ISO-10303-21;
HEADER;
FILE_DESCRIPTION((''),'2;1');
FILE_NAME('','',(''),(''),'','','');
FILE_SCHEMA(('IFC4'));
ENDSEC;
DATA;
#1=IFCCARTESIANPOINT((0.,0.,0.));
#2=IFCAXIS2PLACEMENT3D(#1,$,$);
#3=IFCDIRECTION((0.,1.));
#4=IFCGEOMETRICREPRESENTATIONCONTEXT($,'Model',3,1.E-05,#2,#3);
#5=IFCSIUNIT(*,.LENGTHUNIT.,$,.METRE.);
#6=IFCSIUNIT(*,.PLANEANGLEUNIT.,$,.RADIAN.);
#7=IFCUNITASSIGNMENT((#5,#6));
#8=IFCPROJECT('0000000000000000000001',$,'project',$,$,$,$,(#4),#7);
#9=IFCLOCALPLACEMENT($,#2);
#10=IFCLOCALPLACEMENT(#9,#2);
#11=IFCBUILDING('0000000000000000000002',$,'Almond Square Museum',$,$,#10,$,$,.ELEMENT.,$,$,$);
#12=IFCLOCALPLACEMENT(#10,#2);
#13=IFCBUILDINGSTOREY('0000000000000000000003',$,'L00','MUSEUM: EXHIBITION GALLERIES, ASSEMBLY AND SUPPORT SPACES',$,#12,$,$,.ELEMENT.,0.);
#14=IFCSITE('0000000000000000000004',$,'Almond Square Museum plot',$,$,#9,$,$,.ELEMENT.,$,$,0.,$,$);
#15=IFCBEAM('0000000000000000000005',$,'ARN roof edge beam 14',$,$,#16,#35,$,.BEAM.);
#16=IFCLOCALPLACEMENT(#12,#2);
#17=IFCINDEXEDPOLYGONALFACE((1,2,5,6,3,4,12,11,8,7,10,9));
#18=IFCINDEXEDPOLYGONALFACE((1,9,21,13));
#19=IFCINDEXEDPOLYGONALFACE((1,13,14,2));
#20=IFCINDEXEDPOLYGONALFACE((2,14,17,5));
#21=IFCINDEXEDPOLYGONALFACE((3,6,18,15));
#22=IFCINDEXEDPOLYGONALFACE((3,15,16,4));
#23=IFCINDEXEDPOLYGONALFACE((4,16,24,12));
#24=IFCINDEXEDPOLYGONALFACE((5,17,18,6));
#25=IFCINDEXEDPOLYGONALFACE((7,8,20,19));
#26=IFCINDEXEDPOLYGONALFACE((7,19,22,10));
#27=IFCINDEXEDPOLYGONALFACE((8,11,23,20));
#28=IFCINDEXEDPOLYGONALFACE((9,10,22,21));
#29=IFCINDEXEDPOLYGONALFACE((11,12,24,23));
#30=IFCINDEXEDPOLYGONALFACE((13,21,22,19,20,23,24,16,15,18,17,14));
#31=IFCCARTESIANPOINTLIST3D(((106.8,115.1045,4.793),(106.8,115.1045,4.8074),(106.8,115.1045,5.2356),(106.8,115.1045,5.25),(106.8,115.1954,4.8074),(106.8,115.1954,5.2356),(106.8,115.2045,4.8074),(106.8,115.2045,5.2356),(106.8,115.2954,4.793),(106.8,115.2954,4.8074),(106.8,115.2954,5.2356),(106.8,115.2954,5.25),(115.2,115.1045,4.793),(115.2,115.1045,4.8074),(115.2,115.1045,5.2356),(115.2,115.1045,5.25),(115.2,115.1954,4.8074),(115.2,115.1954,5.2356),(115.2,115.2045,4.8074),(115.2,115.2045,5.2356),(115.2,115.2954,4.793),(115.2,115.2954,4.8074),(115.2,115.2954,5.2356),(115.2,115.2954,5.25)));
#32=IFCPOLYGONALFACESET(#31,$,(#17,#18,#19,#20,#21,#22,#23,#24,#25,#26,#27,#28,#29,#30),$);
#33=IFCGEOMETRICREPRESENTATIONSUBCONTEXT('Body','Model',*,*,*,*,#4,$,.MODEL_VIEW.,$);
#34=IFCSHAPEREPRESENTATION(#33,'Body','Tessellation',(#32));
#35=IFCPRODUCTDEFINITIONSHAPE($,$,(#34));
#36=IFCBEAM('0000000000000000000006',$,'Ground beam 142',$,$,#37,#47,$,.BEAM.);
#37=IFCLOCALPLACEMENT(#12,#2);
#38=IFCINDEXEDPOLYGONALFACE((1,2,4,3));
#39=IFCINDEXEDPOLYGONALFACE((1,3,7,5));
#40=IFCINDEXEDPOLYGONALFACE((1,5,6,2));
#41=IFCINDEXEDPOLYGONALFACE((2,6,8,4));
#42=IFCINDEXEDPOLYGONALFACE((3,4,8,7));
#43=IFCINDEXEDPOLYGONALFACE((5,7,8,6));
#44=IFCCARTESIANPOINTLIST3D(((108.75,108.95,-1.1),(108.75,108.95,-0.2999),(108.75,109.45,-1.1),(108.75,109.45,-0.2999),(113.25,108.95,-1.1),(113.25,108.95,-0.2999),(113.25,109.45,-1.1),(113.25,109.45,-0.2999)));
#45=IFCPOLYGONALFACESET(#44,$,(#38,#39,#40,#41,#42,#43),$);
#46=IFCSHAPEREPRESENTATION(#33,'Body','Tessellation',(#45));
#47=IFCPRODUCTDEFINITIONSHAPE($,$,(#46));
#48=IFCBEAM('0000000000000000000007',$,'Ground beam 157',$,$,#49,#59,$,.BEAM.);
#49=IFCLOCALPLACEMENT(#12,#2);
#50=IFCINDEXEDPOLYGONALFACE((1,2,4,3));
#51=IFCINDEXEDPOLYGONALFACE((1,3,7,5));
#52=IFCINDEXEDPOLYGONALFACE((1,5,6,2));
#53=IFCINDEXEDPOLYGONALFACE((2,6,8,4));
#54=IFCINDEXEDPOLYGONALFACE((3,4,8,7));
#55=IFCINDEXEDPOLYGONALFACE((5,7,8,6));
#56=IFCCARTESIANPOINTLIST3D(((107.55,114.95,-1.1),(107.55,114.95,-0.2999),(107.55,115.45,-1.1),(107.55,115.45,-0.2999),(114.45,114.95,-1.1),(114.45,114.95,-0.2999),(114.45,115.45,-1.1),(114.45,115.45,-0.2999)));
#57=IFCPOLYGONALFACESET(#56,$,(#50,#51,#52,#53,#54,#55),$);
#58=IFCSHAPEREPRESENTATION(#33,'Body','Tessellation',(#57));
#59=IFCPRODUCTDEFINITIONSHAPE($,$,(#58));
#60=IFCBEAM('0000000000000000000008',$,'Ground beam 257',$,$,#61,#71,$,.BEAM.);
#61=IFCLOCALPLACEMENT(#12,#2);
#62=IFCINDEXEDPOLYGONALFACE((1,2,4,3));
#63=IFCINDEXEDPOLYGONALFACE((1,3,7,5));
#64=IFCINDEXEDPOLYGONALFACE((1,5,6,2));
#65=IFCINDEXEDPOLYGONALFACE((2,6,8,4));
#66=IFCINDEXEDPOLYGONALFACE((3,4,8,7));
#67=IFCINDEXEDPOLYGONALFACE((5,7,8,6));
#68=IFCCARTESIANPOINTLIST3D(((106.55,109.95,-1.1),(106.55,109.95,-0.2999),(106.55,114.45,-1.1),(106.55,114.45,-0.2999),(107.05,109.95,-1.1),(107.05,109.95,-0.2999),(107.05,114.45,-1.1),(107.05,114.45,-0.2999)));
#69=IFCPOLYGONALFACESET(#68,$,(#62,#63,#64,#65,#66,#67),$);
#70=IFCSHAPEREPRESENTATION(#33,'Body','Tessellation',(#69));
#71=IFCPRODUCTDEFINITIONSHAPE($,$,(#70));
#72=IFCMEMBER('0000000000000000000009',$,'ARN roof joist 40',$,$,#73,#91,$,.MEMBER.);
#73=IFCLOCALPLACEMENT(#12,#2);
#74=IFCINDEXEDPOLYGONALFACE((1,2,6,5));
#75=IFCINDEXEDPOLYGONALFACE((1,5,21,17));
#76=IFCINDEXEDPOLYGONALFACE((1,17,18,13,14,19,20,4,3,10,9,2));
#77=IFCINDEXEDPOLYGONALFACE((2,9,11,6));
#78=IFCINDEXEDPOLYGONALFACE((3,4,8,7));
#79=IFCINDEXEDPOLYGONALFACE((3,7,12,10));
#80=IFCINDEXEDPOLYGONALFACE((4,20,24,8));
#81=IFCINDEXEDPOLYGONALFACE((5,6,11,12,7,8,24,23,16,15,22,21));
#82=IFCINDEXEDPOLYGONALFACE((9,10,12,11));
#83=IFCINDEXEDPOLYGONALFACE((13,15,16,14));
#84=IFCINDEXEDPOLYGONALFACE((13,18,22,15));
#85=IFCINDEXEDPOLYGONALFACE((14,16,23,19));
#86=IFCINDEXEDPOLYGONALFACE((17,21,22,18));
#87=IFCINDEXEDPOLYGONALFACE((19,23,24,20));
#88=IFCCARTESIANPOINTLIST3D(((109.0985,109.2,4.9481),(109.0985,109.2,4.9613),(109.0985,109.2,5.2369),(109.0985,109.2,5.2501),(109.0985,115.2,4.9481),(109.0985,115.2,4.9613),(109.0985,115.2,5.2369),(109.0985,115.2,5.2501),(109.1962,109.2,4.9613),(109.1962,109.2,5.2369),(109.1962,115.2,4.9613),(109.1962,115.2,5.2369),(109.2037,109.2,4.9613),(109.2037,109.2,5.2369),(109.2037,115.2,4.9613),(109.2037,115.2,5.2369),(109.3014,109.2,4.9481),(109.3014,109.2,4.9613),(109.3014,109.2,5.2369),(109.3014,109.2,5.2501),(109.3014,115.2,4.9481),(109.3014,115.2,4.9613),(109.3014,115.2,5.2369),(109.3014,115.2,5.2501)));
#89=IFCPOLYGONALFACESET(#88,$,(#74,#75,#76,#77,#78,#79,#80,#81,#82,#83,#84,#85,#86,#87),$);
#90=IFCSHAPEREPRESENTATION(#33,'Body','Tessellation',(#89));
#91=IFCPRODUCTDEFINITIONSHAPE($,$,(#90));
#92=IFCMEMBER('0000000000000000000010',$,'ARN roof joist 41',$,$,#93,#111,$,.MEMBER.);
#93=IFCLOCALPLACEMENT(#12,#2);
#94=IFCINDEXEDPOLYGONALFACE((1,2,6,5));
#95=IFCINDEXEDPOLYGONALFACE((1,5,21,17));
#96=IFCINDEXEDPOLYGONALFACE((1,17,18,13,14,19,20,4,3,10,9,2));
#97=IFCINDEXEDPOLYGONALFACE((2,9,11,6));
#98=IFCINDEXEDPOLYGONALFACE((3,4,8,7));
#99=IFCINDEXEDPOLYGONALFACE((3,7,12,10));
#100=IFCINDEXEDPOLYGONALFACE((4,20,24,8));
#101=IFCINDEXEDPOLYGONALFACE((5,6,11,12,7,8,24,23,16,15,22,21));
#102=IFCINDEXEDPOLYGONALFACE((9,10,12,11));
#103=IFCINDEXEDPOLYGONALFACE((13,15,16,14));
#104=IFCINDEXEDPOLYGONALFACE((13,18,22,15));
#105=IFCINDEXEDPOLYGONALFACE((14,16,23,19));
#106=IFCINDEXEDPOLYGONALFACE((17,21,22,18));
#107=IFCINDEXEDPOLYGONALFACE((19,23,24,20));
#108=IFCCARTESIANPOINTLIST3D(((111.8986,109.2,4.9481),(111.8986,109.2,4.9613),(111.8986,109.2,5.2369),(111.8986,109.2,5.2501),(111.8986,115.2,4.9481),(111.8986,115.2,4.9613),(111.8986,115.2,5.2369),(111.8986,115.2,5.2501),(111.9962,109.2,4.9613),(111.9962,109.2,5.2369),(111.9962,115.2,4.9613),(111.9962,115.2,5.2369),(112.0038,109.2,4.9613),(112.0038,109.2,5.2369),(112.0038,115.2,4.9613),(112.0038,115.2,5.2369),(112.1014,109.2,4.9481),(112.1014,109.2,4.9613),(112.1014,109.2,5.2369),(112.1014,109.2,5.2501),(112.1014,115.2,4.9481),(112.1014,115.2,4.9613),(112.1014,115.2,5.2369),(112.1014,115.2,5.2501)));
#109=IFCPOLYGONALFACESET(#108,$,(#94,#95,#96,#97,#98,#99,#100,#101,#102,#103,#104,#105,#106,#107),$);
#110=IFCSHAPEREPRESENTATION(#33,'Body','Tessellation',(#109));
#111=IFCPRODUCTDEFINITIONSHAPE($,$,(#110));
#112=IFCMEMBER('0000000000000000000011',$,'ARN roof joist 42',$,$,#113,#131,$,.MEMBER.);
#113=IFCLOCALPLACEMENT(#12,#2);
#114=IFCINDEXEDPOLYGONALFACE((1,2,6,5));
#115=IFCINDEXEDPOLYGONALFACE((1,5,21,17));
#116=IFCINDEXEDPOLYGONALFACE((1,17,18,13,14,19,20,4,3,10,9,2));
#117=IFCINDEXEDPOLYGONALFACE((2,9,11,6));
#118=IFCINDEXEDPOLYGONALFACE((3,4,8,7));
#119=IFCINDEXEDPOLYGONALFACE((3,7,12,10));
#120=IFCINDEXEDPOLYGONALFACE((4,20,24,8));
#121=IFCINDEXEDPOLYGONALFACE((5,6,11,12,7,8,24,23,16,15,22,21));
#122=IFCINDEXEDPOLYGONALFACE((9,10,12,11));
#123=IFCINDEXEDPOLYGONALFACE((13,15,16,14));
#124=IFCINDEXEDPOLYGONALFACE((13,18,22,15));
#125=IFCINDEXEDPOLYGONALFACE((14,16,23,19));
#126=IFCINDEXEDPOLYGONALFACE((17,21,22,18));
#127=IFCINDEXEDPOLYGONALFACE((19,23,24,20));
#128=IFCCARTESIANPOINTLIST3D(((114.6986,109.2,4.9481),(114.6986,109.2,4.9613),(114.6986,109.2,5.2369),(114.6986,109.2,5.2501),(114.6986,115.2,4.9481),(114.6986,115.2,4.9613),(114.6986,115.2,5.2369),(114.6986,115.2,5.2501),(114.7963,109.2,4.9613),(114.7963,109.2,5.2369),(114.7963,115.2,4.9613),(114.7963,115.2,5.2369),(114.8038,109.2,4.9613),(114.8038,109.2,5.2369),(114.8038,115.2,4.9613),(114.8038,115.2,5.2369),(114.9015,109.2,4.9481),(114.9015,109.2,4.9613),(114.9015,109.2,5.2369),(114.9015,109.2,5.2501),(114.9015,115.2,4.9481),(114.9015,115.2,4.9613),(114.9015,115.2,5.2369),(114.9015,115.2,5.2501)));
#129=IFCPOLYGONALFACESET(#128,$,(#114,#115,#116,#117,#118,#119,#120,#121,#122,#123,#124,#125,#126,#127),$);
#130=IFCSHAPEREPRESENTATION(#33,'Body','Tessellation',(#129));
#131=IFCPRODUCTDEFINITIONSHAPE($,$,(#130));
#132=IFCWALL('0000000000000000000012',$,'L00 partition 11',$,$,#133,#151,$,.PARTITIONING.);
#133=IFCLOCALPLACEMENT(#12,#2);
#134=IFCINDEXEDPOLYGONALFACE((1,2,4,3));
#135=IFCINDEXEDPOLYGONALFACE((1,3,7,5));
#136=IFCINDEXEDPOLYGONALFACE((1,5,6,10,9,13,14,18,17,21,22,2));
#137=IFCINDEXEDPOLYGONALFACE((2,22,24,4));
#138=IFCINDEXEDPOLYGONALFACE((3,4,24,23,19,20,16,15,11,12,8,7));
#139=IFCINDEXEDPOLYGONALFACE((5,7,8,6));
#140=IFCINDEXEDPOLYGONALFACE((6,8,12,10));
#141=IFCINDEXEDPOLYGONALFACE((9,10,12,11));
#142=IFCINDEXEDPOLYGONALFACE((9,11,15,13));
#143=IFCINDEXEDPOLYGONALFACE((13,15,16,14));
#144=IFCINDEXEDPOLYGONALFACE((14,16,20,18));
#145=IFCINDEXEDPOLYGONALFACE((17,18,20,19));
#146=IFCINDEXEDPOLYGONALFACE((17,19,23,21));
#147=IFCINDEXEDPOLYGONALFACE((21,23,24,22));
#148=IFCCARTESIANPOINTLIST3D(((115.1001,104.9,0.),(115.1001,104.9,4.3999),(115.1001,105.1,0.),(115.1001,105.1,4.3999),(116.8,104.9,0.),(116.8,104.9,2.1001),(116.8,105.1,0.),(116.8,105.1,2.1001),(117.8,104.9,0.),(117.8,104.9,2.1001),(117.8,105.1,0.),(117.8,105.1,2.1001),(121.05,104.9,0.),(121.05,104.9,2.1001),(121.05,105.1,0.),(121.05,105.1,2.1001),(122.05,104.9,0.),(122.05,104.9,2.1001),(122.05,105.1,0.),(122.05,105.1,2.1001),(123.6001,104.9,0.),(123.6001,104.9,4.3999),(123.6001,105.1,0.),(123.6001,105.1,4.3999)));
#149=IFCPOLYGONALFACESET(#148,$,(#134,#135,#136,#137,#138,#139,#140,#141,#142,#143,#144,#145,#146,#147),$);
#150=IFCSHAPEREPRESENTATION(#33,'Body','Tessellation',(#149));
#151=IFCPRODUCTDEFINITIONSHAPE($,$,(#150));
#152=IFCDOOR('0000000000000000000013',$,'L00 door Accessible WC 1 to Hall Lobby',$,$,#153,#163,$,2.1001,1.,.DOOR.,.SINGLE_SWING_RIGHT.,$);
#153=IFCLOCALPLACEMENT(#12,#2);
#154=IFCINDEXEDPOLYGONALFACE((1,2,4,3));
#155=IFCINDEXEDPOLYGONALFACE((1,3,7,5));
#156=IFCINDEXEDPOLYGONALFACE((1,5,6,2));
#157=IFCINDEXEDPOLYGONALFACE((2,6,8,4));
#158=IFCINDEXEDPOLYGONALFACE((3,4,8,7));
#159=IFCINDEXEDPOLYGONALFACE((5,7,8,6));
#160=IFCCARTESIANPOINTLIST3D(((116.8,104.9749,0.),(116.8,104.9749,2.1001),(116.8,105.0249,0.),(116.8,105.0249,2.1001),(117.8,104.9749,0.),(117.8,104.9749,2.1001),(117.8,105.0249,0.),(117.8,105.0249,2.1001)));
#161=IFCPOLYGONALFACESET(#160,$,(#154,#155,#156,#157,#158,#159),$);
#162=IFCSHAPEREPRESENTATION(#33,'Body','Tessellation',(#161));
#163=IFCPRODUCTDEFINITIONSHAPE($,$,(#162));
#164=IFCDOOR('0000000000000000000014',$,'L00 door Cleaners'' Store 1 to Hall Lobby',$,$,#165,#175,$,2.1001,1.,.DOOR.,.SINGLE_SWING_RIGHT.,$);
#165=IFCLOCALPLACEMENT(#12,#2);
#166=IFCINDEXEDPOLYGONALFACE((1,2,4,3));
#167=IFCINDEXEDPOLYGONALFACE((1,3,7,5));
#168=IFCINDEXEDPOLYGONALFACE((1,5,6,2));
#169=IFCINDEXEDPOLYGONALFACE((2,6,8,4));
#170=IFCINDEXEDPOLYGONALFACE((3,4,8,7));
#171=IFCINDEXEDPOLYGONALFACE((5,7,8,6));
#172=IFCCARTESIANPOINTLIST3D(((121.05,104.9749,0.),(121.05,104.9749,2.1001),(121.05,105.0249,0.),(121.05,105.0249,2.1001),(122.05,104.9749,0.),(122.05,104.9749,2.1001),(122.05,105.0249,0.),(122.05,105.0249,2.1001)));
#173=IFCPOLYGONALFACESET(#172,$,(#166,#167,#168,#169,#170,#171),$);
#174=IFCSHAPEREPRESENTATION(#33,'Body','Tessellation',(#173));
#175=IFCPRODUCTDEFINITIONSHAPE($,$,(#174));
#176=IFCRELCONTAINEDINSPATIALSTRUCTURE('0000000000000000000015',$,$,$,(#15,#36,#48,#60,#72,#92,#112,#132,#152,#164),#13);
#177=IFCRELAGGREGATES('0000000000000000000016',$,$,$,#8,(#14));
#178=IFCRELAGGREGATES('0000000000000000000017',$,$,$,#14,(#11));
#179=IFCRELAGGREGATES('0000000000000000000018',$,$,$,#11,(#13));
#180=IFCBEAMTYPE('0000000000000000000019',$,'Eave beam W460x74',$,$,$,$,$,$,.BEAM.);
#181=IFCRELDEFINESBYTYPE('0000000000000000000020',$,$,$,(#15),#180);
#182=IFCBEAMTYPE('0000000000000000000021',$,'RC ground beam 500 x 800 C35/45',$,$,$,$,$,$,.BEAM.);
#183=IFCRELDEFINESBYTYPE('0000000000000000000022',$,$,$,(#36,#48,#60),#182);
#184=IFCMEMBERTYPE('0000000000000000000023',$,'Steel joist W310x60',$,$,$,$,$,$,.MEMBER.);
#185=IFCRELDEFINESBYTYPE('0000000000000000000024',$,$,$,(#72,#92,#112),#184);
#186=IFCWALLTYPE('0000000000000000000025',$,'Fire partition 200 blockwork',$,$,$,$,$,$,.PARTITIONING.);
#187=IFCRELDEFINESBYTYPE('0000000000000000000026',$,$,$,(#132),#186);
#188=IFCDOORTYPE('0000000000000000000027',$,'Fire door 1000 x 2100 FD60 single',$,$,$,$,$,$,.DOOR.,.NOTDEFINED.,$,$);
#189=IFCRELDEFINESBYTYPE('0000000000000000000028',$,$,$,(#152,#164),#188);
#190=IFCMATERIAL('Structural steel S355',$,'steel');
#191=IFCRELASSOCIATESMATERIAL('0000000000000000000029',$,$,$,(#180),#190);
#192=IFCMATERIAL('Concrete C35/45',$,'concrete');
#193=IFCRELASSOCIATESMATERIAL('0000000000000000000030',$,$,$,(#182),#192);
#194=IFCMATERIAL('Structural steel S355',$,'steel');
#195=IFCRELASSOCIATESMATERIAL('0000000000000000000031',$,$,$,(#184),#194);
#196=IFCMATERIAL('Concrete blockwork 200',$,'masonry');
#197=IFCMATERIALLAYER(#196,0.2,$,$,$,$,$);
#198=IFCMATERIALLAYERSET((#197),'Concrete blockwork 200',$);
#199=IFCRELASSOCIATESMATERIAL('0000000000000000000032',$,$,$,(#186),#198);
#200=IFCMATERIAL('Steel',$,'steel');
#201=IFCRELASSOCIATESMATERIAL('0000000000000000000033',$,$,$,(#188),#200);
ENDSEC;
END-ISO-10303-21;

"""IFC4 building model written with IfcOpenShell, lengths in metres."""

from ifc_helpers import new_model, si_unit, direction, frame, frame_2d, origin, origin_2d, place, context, subcontext, project, spatial, rectangle, i_section, extrude, material, layer, layer_set, material_profile, profile_set, type_object, element, fill, save


model = new_model("IFC4")

# Units and contexts
model_context = context("Model", 3, precision=1e-05, world=origin(), true_north=direction((0.0, 1.0)))
body_context = subcontext(model_context, "Body", "Model", "MODEL_VIEW")
ifc_project = project(units=[si_unit("LENGTHUNIT", "METRE"), si_unit("PLANEANGLEUNIT", "RADIAN")], contexts=[model_context])

# Site, building, storey
site_placement = place(None, origin())
site = spatial("IfcSite", under=ifc_project, at=site_placement, Name="Almond Square Museum plot", CompositionType="ELEMENT", RefElevation=0.0)
building_placement = place(site_placement, origin())
building = spatial("IfcBuilding", under=site, at=building_placement, Name="Almond Square Museum", CompositionType="ELEMENT")
storey_placement = place(building_placement, origin())
storey = spatial("IfcBuildingStorey", under=building, at=storey_placement, Name="L00", Description="MUSEUM: EXHIBITION GALLERIES, ASSEMBLY AND SUPPORT SPACES", CompositionType="ELEMENT", Elevation=0.0)

# Beams
ifc_material_1 = material(Name="Structural steel S355", Category="steel")
ifc_material_profile_1 = material_profile(ifc_material_1, i_section(OverallWidth=0.1909, OverallDepth=0.457, WebThickness=0.009, FlangeThickness=0.0144, at=origin_2d()))
ifc_profile_set_1 = profile_set([ifc_material_profile_1], Name="Structural steel S355")
beam_type_1 = type_object("IfcBeamType", Name="Eave beam W460x74", PredefinedType="BEAM", material=ifc_profile_set_1)
beam_1_placement = place(storey_placement, frame((106.8, 115.2, 5.0215), z_axis=(1.0, 0.0, 0.0), x_axis=(0.0, 1.0, 0.0)))
element("IfcBeam", 1, at=beam_1_placement, inside=storey, type_object=beam_type_1, Name="ARN roof edge beam 14", PredefinedType="BEAM", context=body_context, shape_type="SweptSolid", body=[
    extrude(i_section(OverallWidth=0.1909, OverallDepth=0.457, WebThickness=0.009, FlangeThickness=0.0144, at=origin_2d()), origin(), (0.0, 0.0, 1.0), 8.3999),
])
ifc_material_2 = material(Name="Concrete C35/45", Category="concrete")
ifc_material_profile_2 = material_profile(ifc_material_2, rectangle(XDim=0.5, YDim=0.8, at=origin_2d()))
ifc_profile_set_2 = profile_set([ifc_material_profile_2], Name="Concrete C35/45")
beam_type_2 = type_object("IfcBeamType", Name="RC ground beam 500 x 800 C35/45", PredefinedType="BEAM", material=ifc_profile_set_2)
beam_2_placement = place(storey_placement, frame((108.75, 109.2, -0.7), z_axis=(1.0, 0.0, 0.0), x_axis=(0.0, 1.0, 0.0)))
element("IfcBeam", 2, at=beam_2_placement, inside=storey, type_object=beam_type_2, Name="Ground beam 142", PredefinedType="BEAM", context=body_context, shape_type="SweptSolid", body=[
    extrude(rectangle(XDim=0.5, YDim=0.8, at=origin_2d()), origin(), (0.0, 0.0, 1.0), 4.5),
])
beam_3_placement = place(storey_placement, frame((107.55, 115.2, -0.7), z_axis=(1.0, 0.0, 0.0), x_axis=(0.0, 1.0, 0.0)))
element("IfcBeam", 3, at=beam_3_placement, inside=storey, type_object=beam_type_2, Name="Ground beam 157", PredefinedType="BEAM", context=body_context, shape_type="SweptSolid", body=[
    extrude(rectangle(XDim=0.5, YDim=0.8, at=origin_2d()), origin(), (0.0, 0.0, 1.0), 6.8999),
])
beam_4_placement = place(storey_placement, frame((106.8, 109.95, -0.7), z_axis=(0.0, 1.0, 0.0), x_axis=(-1.0, 0.0, 0.0)))
element("IfcBeam", 4, at=beam_4_placement, inside=storey, type_object=beam_type_2, Name="Ground beam 257", PredefinedType="BEAM", context=body_context, shape_type="SweptSolid", body=[
    extrude(rectangle(XDim=0.5, YDim=0.8, at=origin_2d()), origin(), (0.0, 0.0, 1.0), 4.5),
])

# Members
ifc_material_3 = material(Name="Structural steel S355", Category="steel")
ifc_material_profile_3 = material_profile(ifc_material_3, i_section(OverallWidth=0.2029, OverallDepth=0.302, WebThickness=0.0076, FlangeThickness=0.0132, at=origin_2d()))
ifc_profile_set_3 = profile_set([ifc_material_profile_3], Name="Structural steel S355")
member_type = type_object("IfcMemberType", Name="Steel joist W310x60", PredefinedType="MEMBER", material=ifc_profile_set_3)
for number, where, z_axis, x_axis, name in (
    (5, (109.2, 109.2, 5.0991), (0.0, 1.0, 0.0), (-1.0, 0.0, 0.0), "ARN roof joist 40"),
    (6, (112.0, 109.2, 5.0991), (0.0, 1.0, 0.0), (-1.0, 0.0, 0.0), "ARN roof joist 41"),
    (7, (114.8, 109.2, 5.0991), (0.0, 1.0, 0.0), (-1.0, 0.0, 0.0), "ARN roof joist 42"),
):
    element("IfcMember", number, at=place(storey_placement, frame(where, z_axis=z_axis, x_axis=x_axis)), inside=storey, type_object=member_type, Name=name, PredefinedType="MEMBER", context=body_context, shape_type="SweptSolid", body=[
        extrude(i_section(OverallWidth=0.2029, OverallDepth=0.302, WebThickness=0.0076, FlangeThickness=0.0132, at=origin_2d()), origin(), (0.0, 0.0, 1.0), 6.0),
    ])

# Wall, openings, doors
ifc_material_4 = material(Name="Concrete blockwork 200", Category="masonry")
ifc_layer_1 = layer(ifc_material_4, 0.2)
ifc_layer_set_1 = layer_set([ifc_layer_1], Name="Concrete blockwork 200")
wall_type_1 = type_object("IfcWallType", Name="Fire partition 200 blockwork", PredefinedType="PARTITIONING", material=ifc_layer_set_1)
wall_1_placement = place(storey_placement, frame((115.1001, 105.0, 0.0), z_axis=(0.0, 0.0, 1.0), x_axis=(1.0, 0.0, 0.0)))
wall_1 = element("IfcWall", 8, at=wall_1_placement, inside=storey, type_object=wall_type_1, Name="L00 partition 11", PredefinedType="PARTITIONING", context=body_context, shape_type="SweptSolid", body=[
    extrude(rectangle(XDim=8.5, YDim=0.2, at=frame_2d((4.25, 0.0))), origin(), (0.0, 0.0, 1.0), 4.3999),
])
opening_1_placement = place(wall_1_placement, frame((1.7, 0.0, 0.0)))
opening_1 = element("IfcOpeningElement", 9, at=opening_1_placement, cuts=wall_1, PredefinedType="OPENING", context=body_context, shape_type="SweptSolid", body=[
    extrude(rectangle(XDim=1.0, YDim=2.1001, at=frame_2d((0.5, 1.05))), frame((0.0, 0.1099, 0.0), z_axis=(0.0, -1.0, 0.0), x_axis=(1.0, 0.0, 0.0)), (0.0, 0.0, 1.0), 0.22),
])
opening_2_placement = place(wall_1_placement, frame((5.95, 0.0, 0.0)))
opening_2 = element("IfcOpeningElement", 10, at=opening_2_placement, cuts=wall_1, PredefinedType="OPENING", context=body_context, shape_type="SweptSolid", body=[
    extrude(rectangle(XDim=1.0, YDim=2.1001, at=frame_2d((0.5, 1.05))), frame((0.0, 0.1099, 0.0), z_axis=(0.0, -1.0, 0.0), x_axis=(1.0, 0.0, 0.0)), (0.0, 0.0, 1.0), 0.22),
])
ifc_material_5 = material(Name="Steel", Category="steel")
door_type_1 = type_object("IfcDoorType", Name="Fire door 1000 x 2100 FD60 single", OperationType="NOTDEFINED", PredefinedType="DOOR", material=ifc_material_5)
door_1_placement = place(opening_1_placement, origin())
door_1 = element("IfcDoor", 11, at=door_1_placement, inside=storey, type_object=door_type_1, Name="L00 door Accessible WC 1 to Hall Lobby", OperationType="SINGLE_SWING_RIGHT", OverallHeight=2.1001, OverallWidth=1.0, PredefinedType="DOOR", context=body_context, shape_type="SweptSolid", body=[
    extrude(rectangle(XDim=1.0, YDim=2.1001, at=frame_2d((0.5, 1.05))), frame((0.0, 0.0249, 0.0), z_axis=(0.0, -1.0, 0.0), x_axis=(1.0, 0.0, 0.0)), (0.0, 0.0, 1.0), 0.05),
])
fill(opening_1, door_1)
door_2_placement = place(opening_2_placement, origin())
door_2 = element("IfcDoor", 12, at=door_2_placement, inside=storey, type_object=door_type_1, Name="L00 door Cleaners' Store 1 to Hall Lobby", OperationType="SINGLE_SWING_RIGHT", OverallHeight=2.1001, OverallWidth=1.0, PredefinedType="DOOR", context=body_context, shape_type="SweptSolid", body=[
    extrude(rectangle(XDim=1.0, YDim=2.1001, at=frame_2d((0.5, 1.05))), frame((0.0, 0.0249, 0.0), z_axis=(0.0, -1.0, 0.0), x_axis=(1.0, 0.0, 0.0)), (0.0, 0.0, 1.0), 0.05),
])
fill(opening_2, door_2)

save(model, "model.ifc")
